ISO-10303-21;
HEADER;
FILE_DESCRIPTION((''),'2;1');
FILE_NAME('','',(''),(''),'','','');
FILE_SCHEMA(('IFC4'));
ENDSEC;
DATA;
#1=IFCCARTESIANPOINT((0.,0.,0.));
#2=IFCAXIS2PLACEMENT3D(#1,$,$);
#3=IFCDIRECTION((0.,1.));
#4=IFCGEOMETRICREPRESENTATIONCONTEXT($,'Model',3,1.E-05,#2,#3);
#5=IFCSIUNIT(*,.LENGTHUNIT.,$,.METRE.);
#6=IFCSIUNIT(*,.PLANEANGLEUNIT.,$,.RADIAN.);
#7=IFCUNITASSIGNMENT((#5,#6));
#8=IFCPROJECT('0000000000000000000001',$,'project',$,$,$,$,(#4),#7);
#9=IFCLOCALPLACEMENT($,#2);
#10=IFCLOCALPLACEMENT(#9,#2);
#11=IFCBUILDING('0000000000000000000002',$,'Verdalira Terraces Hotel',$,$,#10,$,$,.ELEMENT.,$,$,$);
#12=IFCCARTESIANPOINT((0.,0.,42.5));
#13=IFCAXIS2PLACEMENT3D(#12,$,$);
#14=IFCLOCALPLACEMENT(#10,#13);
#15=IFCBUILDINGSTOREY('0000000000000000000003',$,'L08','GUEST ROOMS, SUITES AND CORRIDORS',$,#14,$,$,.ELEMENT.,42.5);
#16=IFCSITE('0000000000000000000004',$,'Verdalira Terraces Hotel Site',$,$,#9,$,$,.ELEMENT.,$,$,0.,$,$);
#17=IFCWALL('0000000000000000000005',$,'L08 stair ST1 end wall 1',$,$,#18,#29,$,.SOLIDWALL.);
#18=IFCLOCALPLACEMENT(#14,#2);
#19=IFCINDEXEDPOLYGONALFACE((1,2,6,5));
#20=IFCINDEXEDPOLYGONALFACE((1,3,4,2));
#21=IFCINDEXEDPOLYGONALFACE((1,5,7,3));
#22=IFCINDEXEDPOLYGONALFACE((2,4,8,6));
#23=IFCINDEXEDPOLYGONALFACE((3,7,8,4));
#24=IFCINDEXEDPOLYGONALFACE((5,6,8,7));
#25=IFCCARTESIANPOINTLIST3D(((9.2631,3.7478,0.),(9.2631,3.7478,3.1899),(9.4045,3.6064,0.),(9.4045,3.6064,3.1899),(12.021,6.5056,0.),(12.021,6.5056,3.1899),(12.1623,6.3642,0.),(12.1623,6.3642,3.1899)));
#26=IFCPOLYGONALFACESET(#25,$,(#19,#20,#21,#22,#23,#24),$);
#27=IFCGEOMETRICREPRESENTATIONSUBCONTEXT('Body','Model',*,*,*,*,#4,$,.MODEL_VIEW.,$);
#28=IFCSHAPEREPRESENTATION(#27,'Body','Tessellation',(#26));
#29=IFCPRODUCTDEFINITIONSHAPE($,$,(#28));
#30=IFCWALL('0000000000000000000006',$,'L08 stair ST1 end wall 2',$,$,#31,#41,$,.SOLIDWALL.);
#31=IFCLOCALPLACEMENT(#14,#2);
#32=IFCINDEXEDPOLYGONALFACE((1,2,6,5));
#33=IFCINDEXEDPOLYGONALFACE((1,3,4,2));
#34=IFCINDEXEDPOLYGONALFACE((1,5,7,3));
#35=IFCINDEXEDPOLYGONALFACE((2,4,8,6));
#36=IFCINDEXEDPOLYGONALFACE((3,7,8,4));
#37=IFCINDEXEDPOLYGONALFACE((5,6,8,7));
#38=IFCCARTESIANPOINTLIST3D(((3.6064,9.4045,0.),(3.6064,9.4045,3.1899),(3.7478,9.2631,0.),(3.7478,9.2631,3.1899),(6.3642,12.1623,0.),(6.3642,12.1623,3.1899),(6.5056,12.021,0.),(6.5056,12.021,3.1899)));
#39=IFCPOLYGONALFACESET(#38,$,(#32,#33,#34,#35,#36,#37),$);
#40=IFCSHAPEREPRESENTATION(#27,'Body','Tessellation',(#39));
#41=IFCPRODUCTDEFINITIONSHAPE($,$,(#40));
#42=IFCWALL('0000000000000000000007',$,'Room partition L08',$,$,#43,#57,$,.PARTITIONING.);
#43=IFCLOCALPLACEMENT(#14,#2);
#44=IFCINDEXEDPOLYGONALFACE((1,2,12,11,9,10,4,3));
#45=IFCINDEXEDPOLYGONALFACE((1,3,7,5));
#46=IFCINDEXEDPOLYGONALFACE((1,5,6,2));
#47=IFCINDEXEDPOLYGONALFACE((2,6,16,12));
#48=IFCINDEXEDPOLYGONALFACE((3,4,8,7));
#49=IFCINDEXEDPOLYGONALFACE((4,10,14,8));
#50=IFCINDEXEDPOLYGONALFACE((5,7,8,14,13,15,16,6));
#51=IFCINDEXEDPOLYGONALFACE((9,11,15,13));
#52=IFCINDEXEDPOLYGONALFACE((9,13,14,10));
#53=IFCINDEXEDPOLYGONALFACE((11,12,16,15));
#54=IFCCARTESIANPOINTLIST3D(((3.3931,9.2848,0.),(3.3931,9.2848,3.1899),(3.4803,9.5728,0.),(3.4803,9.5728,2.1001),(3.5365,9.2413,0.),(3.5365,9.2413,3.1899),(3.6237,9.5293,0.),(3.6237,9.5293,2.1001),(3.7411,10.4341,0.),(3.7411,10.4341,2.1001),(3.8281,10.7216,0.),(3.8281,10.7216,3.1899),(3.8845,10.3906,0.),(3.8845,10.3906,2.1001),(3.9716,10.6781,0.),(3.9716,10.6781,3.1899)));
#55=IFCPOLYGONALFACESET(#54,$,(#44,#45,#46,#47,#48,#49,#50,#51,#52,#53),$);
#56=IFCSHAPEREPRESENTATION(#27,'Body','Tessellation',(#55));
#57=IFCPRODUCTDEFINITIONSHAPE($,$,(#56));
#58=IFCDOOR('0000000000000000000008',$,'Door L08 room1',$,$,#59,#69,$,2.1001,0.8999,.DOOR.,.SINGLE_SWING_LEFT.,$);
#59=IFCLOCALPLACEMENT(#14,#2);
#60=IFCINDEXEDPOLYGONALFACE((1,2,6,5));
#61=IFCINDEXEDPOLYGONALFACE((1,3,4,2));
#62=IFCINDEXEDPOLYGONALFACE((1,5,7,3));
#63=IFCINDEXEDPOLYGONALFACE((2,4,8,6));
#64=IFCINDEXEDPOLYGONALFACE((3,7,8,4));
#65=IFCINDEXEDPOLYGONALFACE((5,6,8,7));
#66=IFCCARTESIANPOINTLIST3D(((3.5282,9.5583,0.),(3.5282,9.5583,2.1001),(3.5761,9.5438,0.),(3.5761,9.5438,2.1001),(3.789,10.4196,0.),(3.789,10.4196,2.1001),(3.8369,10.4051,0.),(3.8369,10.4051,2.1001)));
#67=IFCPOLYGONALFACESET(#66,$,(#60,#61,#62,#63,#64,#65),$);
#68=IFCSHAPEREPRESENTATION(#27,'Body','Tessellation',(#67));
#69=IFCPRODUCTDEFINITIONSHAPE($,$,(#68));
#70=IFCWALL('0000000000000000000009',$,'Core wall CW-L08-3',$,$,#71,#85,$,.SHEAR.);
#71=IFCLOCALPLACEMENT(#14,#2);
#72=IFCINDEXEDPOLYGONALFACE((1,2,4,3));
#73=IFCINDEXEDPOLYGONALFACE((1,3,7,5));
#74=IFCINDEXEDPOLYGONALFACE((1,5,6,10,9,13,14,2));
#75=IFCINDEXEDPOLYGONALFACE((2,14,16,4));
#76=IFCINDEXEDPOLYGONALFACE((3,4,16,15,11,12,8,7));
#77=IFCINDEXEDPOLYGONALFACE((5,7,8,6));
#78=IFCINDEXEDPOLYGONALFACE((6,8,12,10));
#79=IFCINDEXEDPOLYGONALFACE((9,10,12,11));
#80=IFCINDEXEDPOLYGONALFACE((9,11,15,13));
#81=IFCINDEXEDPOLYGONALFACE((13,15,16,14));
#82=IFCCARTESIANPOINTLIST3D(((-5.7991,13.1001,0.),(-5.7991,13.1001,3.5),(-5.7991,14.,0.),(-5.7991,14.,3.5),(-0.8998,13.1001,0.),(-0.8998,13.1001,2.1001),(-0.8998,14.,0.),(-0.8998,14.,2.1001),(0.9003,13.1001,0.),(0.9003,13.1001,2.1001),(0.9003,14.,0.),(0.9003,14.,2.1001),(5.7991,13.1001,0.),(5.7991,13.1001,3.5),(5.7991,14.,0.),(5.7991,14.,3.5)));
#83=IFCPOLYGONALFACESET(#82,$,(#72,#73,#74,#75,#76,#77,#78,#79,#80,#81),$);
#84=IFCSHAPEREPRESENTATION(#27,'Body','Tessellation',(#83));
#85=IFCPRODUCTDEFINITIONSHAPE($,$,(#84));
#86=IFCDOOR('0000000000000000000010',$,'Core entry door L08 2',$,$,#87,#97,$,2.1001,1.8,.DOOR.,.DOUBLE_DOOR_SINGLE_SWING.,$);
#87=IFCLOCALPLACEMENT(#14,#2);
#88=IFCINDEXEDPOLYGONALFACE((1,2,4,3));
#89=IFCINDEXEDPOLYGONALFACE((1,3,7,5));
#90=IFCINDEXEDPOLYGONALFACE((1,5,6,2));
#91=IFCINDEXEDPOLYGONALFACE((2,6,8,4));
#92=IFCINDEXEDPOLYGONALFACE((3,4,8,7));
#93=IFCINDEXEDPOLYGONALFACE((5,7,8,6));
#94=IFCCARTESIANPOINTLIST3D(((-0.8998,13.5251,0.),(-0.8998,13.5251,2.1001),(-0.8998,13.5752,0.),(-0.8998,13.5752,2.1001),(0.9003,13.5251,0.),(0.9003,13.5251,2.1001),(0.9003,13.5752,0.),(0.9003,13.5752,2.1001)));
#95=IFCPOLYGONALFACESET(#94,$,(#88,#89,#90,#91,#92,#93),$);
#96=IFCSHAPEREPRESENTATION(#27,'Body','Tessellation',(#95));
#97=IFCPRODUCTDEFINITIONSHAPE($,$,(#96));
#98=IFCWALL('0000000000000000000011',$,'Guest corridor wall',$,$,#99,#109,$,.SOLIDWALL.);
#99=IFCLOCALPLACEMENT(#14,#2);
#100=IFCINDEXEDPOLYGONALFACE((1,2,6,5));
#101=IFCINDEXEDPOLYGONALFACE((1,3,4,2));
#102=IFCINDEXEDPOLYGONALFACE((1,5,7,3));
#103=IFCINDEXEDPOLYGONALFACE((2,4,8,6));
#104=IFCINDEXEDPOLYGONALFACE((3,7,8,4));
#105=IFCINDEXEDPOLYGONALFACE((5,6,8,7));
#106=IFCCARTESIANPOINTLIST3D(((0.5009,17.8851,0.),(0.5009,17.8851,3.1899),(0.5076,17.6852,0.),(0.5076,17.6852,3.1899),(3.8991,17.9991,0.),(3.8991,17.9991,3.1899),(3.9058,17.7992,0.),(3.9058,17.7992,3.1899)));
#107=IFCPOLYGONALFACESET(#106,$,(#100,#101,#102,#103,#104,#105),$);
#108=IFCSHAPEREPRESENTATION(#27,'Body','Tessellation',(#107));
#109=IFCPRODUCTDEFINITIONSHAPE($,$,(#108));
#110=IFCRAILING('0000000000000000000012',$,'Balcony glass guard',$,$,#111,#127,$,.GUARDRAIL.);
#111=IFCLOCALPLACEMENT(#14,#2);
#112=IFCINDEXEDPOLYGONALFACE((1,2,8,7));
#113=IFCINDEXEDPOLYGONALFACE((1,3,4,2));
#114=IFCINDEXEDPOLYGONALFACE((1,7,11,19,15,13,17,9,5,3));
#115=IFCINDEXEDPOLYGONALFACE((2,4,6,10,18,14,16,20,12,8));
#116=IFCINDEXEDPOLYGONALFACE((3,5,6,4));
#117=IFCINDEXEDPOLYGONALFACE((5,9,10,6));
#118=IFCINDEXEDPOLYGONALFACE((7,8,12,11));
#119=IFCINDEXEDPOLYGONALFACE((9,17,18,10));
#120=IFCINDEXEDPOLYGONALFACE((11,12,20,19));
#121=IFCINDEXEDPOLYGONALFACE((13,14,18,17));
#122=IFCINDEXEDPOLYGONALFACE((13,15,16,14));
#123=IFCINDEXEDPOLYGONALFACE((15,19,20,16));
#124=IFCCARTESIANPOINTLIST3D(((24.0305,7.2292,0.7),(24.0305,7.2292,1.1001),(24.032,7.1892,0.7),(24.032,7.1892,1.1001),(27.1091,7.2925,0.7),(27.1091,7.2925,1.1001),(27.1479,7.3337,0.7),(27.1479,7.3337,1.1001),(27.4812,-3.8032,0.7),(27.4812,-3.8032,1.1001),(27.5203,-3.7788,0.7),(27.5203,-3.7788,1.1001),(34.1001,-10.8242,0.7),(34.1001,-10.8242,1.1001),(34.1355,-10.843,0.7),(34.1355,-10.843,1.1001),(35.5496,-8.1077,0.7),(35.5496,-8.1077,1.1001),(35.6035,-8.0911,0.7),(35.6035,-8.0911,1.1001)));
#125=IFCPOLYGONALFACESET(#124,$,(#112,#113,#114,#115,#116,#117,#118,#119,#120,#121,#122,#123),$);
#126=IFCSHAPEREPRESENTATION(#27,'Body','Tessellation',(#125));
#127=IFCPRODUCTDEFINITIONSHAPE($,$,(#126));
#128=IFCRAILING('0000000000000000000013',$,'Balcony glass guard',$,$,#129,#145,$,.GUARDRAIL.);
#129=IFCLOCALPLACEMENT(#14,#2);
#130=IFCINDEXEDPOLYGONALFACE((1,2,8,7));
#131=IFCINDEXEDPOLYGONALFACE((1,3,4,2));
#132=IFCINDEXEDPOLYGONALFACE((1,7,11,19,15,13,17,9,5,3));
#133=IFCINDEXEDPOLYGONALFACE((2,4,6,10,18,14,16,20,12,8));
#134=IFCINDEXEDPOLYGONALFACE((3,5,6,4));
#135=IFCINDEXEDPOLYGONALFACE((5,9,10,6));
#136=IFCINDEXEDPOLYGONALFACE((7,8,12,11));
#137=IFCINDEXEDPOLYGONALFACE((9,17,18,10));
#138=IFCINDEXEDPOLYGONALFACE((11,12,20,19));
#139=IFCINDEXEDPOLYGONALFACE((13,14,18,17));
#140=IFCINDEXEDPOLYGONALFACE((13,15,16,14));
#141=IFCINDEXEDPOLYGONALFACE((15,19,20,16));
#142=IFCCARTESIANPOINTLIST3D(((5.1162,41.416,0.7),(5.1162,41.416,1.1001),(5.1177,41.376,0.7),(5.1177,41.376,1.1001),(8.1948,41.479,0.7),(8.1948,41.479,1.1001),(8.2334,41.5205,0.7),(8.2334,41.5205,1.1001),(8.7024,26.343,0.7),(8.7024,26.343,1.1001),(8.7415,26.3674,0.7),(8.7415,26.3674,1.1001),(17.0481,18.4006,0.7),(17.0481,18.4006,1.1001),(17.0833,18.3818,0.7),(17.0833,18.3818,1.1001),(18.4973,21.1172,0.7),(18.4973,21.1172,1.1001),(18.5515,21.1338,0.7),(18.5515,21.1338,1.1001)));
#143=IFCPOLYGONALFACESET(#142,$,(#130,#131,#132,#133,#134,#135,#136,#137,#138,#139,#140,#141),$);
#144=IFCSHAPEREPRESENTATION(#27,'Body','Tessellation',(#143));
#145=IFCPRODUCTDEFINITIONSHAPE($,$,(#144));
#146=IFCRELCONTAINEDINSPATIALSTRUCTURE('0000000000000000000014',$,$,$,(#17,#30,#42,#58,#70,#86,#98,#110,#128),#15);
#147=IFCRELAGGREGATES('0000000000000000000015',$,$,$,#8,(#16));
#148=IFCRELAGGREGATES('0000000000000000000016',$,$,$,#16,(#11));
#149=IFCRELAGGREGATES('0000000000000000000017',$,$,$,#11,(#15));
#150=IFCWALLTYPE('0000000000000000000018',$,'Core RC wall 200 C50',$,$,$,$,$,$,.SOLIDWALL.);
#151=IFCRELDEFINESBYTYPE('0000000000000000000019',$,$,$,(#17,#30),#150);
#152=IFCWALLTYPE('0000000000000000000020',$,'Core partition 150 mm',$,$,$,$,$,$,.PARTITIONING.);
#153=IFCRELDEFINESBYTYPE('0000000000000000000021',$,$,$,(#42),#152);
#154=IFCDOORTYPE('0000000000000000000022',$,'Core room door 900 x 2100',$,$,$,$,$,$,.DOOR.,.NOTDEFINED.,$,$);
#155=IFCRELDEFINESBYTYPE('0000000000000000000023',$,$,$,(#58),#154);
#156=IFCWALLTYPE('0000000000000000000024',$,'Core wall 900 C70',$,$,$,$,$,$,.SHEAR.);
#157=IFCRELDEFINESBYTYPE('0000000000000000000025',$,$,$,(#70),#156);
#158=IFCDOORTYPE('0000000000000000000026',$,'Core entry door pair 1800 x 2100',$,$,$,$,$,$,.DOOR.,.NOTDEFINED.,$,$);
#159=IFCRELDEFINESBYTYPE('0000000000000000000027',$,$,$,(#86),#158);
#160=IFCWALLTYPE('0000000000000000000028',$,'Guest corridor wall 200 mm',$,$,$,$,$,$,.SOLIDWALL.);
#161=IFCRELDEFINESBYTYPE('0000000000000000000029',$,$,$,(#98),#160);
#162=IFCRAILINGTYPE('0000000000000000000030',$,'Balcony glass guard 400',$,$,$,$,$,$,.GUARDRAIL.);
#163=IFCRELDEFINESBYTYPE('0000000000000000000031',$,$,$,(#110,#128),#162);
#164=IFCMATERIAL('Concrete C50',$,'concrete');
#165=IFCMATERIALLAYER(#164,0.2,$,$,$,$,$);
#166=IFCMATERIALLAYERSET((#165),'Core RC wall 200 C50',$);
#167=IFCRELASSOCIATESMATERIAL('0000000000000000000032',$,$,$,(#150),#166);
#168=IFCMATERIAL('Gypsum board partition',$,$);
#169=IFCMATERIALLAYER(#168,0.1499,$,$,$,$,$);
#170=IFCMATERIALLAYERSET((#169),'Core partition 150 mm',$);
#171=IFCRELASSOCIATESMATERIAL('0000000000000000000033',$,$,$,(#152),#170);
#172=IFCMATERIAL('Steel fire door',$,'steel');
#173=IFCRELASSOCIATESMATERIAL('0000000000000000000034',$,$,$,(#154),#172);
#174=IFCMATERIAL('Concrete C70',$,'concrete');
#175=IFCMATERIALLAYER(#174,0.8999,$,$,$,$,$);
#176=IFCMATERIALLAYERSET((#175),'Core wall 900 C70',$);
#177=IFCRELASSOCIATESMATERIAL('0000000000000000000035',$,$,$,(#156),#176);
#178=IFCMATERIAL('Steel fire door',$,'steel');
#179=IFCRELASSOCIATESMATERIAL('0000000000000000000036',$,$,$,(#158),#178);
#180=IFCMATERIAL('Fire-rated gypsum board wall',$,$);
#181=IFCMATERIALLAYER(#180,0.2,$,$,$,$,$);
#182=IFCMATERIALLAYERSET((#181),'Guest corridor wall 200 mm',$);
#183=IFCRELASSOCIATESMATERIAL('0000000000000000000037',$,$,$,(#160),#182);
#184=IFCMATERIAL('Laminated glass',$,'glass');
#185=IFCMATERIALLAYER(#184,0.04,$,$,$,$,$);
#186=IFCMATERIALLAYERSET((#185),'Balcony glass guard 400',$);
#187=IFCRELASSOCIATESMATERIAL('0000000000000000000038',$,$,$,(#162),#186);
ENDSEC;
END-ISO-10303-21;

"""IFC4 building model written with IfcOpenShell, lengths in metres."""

from ifc_helpers import new_model, si_unit, direction, frame, frame_2d, origin, place, context, subcontext, project, spatial, polyline, rectangle, outline, extrude, material, layer, layer_set, type_object, element, fill, save


model = new_model("IFC4")

# Units and contexts
model_context = context("Model", 3, precision=1e-05, world=origin(), true_north=direction((0.0, 1.0)))
body_context = subcontext(model_context, "Body", "Model", "MODEL_VIEW")
ifc_project = project(units=[si_unit("LENGTHUNIT", "METRE"), si_unit("PLANEANGLEUNIT", "RADIAN")], contexts=[model_context])

# Site, building, storey
site_placement = place(None, origin())
site = spatial("IfcSite", under=ifc_project, at=site_placement, Name="Verdalira Terraces Hotel Site", CompositionType="ELEMENT", RefElevation=0.0)
building_placement = place(site_placement, origin())
building = spatial("IfcBuilding", under=site, at=building_placement, Name="Verdalira Terraces Hotel", CompositionType="ELEMENT")
storey_placement = place(building_placement, frame((0.0, 0.0, 42.5)))
storey = spatial("IfcBuildingStorey", under=building, at=storey_placement, Name="L08", Description="GUEST ROOMS, SUITES AND CORRIDORS", CompositionType="ELEMENT", Elevation=42.5)

# Shared definitions
ifc_material_1 = material(Name="Concrete C50", Category="concrete")
ifc_layer_1 = layer(ifc_material_1, 0.2)
ifc_layer_set_1 = layer_set([ifc_layer_1], Name="Core RC wall 200 C50")
wall_type_1 = type_object("IfcWallType", Name="Core RC wall 200 C50", PredefinedType="SOLIDWALL", material=ifc_layer_set_1)

# Walls
for number, where, z_axis, x_axis, name in (
    (1, (9.3337, 3.677, 0.0), (0.0, 0.0, 1.0), (0.707107, 0.707107, 0.0), "L08 stair ST1 end wall 1"),
    (2, (3.677, 9.3337, 0.0), (0.0, 0.0, 1.0), (0.707107, 0.707107, 0.0), "L08 stair ST1 end wall 2"),
):
    element("IfcWall", number, at=place(storey_placement, frame(where, z_axis=z_axis, x_axis=x_axis)), inside=storey, type_object=wall_type_1, Name=name, PredefinedType="SOLIDWALL", context=body_context, shape_type="SweptSolid", body=[
        extrude(rectangle(XDim=3.9001, YDim=0.2, at=frame_2d((1.9502, 0.0))), origin(), (0.0, 0.0, 1.0), 3.1899),
    ])

# Walls, openings, doors
ifc_material_2 = material(Name="Gypsum board partition")
ifc_layer_2 = layer(ifc_material_2, 0.1499)
ifc_layer_set_2 = layer_set([ifc_layer_2], Name="Core partition 150 mm")
wall_type_2 = type_object("IfcWallType", Name="Core partition 150 mm", PredefinedType="PARTITIONING", material=ifc_layer_set_2)
wall_1_placement = place(storey_placement, frame((3.4648, 9.2632, 0.0), z_axis=(0.0, 0.0, 1.0), x_axis=(0.289809, 0.957085, 0.0)))
wall_1 = element("IfcWall", 3, at=wall_1_placement, inside=storey, type_object=wall_type_2, Name="Room partition L08", PredefinedType="PARTITIONING", context=body_context, shape_type="SweptSolid", body=[
    extrude(rectangle(XDim=1.5012, YDim=0.1499, at=frame_2d((0.7505, 0.0))), origin(), (0.0, 0.0, 1.0), 3.1899),
])
opening_1_placement = place(wall_1_placement, frame((0.3008, 0.0, 0.0)))
opening_1 = element("IfcOpeningElement", 4, at=opening_1_placement, cuts=wall_1, PredefinedType="OPENING", context=body_context, shape_type="SweptSolid", body=[
    extrude(rectangle(XDim=0.8999, YDim=2.1001, at=frame_2d((0.45, 1.05))), frame((0.0, 0.085, 0.0), z_axis=(0.0, -1.0, 0.0), x_axis=(1.0, 0.0, 0.0)), (0.0, 0.0, 1.0), 0.1699),
])
ifc_material_3 = material(Name="Steel fire door", Category="steel")
door_type_1 = type_object("IfcDoorType", Name="Core room door 900 x 2100", OperationType="NOTDEFINED", PredefinedType="DOOR", material=ifc_material_3)
door_1_placement = place(opening_1_placement, origin())
door_1 = element("IfcDoor", 5, at=door_1_placement, inside=storey, type_object=door_type_1, Name="Door L08 room1", OperationType="SINGLE_SWING_LEFT", OverallHeight=2.1001, OverallWidth=0.8999, PredefinedType="DOOR", context=body_context, shape_type="SweptSolid", body=[
    extrude(rectangle(XDim=0.8999, YDim=2.1001, at=frame_2d((0.45, 1.05))), frame((0.0, 0.0249, 0.0), z_axis=(0.0, -1.0, 0.0), x_axis=(1.0, 0.0, 0.0)), (0.0, 0.0, 1.0), 0.05),
])
fill(opening_1, door_1)
ifc_material_4 = material(Name="Concrete C70", Category="concrete")
ifc_layer_3 = layer(ifc_material_4, 0.8999)
ifc_layer_set_3 = layer_set([ifc_layer_3], Name="Core wall 900 C70")
wall_type_3 = type_object("IfcWallType", Name="Core wall 900 C70", PredefinedType="SHEAR", material=ifc_layer_set_3)
wall_2_placement = place(storey_placement, frame((5.7991, 13.55, 0.0), z_axis=(0.0, 0.0, 1.0), x_axis=(-1.0, 0.0, 0.0)))
wall_2 = element("IfcWall", 6, at=wall_2_placement, inside=storey, type_object=wall_type_3, Name="Core wall CW-L08-3", PredefinedType="SHEAR", context=body_context, shape_type="SweptSolid", body=[
    extrude(rectangle(XDim=11.5981, YDim=0.8999, at=frame_2d((5.7991, 0.0))), origin(), (0.0, 0.0, 1.0), 3.5),
])
opening_2_placement = place(wall_2_placement, frame((4.8989, 0.0, 0.0)))
opening_2 = element("IfcOpeningElement", 7, at=opening_2_placement, cuts=wall_2, PredefinedType="OPENING", context=body_context, shape_type="SweptSolid", body=[
    extrude(rectangle(XDim=1.8, YDim=2.1001, at=frame_2d((0.8999, 1.05))), frame((0.0, 0.46, 0.0), z_axis=(0.0, -1.0, 0.0), x_axis=(1.0, 0.0, 0.0)), (0.0, 0.0, 1.0), 0.9199),
])
ifc_material_5 = material(Name="Steel fire door", Category="steel")
door_type_2 = type_object("IfcDoorType", Name="Core entry door pair 1800 x 2100", OperationType="NOTDEFINED", PredefinedType="DOOR", material=ifc_material_5)
door_2_placement = place(opening_2_placement, origin())
door_2 = element("IfcDoor", 8, at=door_2_placement, inside=storey, type_object=door_type_2, Name="Core entry door L08 2", OperationType="DOUBLE_DOOR_SINGLE_SWING", OverallHeight=2.1001, OverallWidth=1.8, PredefinedType="DOOR", context=body_context, shape_type="SweptSolid", body=[
    extrude(rectangle(XDim=1.8, YDim=2.1001, at=frame_2d((0.8999, 1.05))), frame((0.0, 0.0249, 0.0), z_axis=(0.0, -1.0, 0.0), x_axis=(1.0, 0.0, 0.0)), (0.0, 0.0, 1.0), 0.05),
])
fill(opening_2, door_2)

# Wall
ifc_material_6 = material(Name="Fire-rated gypsum board wall")
ifc_layer_4 = layer(ifc_material_6, 0.2)
ifc_layer_set_4 = layer_set([ifc_layer_4], Name="Guest corridor wall 200 mm")
wall_type_4 = type_object("IfcWallType", Name="Guest corridor wall 200 mm", PredefinedType="SOLIDWALL", material=ifc_layer_set_4)
wall_3_placement = place(storey_placement, frame((3.9026, 17.8992, 0.0), z_axis=(0.0, 0.0, 1.0), x_axis=(-0.999438, -0.033532, 0.0)))
element("IfcWall", 9, at=wall_3_placement, inside=storey, type_object=wall_type_4, Name="Guest corridor wall", PredefinedType="SOLIDWALL", context=body_context, shape_type="SweptSolid", body=[
    extrude(rectangle(XDim=3.4001, YDim=0.2, at=frame_2d((1.7002, 0.0))), origin(), (0.0, 0.0, 1.0), 3.1899),
])

# Railings
ifc_material_7 = material(Name="Laminated glass", Category="glass")
ifc_layer_5 = layer(ifc_material_7, 0.04)
ifc_layer_set_5 = layer_set([ifc_layer_5], Name="Balcony glass guard 400")
railing_type_1 = type_object("IfcRailingType", Name="Balcony glass guard 400", PredefinedType="GUARDRAIL", material=ifc_layer_set_5)
railing_1_placement = place(storey_placement, frame((0.0, 0.0, 0.7)))
element("IfcRailing", 10, at=railing_1_placement, inside=storey, type_object=railing_type_1, Name="Balcony glass guard", PredefinedType="GUARDRAIL", context=body_context, shape_type="SweptSolid", body=[
    extrude(outline(polyline([(35.5496, -8.1077), (27.4812, -3.8032), (27.1091, 7.2925), (24.032, 7.1892), (24.0305, 7.2292), (27.1479, 7.3337), (27.5203, -3.7788), (35.6035, -8.0911), (34.1355, -10.843), (34.1001, -10.8242), (35.5496, -8.1077)])), origin(), (0.0, 0.0, 1.0), 0.4001),
])
railing_2_placement = place(storey_placement, frame((0.0, 0.0, 0.7)))
element("IfcRailing", 11, at=railing_2_placement, inside=storey, type_object=railing_type_1, Name="Balcony glass guard", PredefinedType="GUARDRAIL", context=body_context, shape_type="SweptSolid", body=[
    extrude(outline(polyline([(18.4973, 21.1172), (8.7024, 26.343), (8.1948, 41.479), (5.1177, 41.376), (5.1162, 41.416), (8.2334, 41.5205), (8.7415, 26.3674), (18.5515, 21.1338), (17.0833, 18.3818), (17.0481, 18.4006), (18.4973, 21.1172)])), origin(), (0.0, 0.0, 1.0), 0.4001),
])

save(model, "model.ifc")
